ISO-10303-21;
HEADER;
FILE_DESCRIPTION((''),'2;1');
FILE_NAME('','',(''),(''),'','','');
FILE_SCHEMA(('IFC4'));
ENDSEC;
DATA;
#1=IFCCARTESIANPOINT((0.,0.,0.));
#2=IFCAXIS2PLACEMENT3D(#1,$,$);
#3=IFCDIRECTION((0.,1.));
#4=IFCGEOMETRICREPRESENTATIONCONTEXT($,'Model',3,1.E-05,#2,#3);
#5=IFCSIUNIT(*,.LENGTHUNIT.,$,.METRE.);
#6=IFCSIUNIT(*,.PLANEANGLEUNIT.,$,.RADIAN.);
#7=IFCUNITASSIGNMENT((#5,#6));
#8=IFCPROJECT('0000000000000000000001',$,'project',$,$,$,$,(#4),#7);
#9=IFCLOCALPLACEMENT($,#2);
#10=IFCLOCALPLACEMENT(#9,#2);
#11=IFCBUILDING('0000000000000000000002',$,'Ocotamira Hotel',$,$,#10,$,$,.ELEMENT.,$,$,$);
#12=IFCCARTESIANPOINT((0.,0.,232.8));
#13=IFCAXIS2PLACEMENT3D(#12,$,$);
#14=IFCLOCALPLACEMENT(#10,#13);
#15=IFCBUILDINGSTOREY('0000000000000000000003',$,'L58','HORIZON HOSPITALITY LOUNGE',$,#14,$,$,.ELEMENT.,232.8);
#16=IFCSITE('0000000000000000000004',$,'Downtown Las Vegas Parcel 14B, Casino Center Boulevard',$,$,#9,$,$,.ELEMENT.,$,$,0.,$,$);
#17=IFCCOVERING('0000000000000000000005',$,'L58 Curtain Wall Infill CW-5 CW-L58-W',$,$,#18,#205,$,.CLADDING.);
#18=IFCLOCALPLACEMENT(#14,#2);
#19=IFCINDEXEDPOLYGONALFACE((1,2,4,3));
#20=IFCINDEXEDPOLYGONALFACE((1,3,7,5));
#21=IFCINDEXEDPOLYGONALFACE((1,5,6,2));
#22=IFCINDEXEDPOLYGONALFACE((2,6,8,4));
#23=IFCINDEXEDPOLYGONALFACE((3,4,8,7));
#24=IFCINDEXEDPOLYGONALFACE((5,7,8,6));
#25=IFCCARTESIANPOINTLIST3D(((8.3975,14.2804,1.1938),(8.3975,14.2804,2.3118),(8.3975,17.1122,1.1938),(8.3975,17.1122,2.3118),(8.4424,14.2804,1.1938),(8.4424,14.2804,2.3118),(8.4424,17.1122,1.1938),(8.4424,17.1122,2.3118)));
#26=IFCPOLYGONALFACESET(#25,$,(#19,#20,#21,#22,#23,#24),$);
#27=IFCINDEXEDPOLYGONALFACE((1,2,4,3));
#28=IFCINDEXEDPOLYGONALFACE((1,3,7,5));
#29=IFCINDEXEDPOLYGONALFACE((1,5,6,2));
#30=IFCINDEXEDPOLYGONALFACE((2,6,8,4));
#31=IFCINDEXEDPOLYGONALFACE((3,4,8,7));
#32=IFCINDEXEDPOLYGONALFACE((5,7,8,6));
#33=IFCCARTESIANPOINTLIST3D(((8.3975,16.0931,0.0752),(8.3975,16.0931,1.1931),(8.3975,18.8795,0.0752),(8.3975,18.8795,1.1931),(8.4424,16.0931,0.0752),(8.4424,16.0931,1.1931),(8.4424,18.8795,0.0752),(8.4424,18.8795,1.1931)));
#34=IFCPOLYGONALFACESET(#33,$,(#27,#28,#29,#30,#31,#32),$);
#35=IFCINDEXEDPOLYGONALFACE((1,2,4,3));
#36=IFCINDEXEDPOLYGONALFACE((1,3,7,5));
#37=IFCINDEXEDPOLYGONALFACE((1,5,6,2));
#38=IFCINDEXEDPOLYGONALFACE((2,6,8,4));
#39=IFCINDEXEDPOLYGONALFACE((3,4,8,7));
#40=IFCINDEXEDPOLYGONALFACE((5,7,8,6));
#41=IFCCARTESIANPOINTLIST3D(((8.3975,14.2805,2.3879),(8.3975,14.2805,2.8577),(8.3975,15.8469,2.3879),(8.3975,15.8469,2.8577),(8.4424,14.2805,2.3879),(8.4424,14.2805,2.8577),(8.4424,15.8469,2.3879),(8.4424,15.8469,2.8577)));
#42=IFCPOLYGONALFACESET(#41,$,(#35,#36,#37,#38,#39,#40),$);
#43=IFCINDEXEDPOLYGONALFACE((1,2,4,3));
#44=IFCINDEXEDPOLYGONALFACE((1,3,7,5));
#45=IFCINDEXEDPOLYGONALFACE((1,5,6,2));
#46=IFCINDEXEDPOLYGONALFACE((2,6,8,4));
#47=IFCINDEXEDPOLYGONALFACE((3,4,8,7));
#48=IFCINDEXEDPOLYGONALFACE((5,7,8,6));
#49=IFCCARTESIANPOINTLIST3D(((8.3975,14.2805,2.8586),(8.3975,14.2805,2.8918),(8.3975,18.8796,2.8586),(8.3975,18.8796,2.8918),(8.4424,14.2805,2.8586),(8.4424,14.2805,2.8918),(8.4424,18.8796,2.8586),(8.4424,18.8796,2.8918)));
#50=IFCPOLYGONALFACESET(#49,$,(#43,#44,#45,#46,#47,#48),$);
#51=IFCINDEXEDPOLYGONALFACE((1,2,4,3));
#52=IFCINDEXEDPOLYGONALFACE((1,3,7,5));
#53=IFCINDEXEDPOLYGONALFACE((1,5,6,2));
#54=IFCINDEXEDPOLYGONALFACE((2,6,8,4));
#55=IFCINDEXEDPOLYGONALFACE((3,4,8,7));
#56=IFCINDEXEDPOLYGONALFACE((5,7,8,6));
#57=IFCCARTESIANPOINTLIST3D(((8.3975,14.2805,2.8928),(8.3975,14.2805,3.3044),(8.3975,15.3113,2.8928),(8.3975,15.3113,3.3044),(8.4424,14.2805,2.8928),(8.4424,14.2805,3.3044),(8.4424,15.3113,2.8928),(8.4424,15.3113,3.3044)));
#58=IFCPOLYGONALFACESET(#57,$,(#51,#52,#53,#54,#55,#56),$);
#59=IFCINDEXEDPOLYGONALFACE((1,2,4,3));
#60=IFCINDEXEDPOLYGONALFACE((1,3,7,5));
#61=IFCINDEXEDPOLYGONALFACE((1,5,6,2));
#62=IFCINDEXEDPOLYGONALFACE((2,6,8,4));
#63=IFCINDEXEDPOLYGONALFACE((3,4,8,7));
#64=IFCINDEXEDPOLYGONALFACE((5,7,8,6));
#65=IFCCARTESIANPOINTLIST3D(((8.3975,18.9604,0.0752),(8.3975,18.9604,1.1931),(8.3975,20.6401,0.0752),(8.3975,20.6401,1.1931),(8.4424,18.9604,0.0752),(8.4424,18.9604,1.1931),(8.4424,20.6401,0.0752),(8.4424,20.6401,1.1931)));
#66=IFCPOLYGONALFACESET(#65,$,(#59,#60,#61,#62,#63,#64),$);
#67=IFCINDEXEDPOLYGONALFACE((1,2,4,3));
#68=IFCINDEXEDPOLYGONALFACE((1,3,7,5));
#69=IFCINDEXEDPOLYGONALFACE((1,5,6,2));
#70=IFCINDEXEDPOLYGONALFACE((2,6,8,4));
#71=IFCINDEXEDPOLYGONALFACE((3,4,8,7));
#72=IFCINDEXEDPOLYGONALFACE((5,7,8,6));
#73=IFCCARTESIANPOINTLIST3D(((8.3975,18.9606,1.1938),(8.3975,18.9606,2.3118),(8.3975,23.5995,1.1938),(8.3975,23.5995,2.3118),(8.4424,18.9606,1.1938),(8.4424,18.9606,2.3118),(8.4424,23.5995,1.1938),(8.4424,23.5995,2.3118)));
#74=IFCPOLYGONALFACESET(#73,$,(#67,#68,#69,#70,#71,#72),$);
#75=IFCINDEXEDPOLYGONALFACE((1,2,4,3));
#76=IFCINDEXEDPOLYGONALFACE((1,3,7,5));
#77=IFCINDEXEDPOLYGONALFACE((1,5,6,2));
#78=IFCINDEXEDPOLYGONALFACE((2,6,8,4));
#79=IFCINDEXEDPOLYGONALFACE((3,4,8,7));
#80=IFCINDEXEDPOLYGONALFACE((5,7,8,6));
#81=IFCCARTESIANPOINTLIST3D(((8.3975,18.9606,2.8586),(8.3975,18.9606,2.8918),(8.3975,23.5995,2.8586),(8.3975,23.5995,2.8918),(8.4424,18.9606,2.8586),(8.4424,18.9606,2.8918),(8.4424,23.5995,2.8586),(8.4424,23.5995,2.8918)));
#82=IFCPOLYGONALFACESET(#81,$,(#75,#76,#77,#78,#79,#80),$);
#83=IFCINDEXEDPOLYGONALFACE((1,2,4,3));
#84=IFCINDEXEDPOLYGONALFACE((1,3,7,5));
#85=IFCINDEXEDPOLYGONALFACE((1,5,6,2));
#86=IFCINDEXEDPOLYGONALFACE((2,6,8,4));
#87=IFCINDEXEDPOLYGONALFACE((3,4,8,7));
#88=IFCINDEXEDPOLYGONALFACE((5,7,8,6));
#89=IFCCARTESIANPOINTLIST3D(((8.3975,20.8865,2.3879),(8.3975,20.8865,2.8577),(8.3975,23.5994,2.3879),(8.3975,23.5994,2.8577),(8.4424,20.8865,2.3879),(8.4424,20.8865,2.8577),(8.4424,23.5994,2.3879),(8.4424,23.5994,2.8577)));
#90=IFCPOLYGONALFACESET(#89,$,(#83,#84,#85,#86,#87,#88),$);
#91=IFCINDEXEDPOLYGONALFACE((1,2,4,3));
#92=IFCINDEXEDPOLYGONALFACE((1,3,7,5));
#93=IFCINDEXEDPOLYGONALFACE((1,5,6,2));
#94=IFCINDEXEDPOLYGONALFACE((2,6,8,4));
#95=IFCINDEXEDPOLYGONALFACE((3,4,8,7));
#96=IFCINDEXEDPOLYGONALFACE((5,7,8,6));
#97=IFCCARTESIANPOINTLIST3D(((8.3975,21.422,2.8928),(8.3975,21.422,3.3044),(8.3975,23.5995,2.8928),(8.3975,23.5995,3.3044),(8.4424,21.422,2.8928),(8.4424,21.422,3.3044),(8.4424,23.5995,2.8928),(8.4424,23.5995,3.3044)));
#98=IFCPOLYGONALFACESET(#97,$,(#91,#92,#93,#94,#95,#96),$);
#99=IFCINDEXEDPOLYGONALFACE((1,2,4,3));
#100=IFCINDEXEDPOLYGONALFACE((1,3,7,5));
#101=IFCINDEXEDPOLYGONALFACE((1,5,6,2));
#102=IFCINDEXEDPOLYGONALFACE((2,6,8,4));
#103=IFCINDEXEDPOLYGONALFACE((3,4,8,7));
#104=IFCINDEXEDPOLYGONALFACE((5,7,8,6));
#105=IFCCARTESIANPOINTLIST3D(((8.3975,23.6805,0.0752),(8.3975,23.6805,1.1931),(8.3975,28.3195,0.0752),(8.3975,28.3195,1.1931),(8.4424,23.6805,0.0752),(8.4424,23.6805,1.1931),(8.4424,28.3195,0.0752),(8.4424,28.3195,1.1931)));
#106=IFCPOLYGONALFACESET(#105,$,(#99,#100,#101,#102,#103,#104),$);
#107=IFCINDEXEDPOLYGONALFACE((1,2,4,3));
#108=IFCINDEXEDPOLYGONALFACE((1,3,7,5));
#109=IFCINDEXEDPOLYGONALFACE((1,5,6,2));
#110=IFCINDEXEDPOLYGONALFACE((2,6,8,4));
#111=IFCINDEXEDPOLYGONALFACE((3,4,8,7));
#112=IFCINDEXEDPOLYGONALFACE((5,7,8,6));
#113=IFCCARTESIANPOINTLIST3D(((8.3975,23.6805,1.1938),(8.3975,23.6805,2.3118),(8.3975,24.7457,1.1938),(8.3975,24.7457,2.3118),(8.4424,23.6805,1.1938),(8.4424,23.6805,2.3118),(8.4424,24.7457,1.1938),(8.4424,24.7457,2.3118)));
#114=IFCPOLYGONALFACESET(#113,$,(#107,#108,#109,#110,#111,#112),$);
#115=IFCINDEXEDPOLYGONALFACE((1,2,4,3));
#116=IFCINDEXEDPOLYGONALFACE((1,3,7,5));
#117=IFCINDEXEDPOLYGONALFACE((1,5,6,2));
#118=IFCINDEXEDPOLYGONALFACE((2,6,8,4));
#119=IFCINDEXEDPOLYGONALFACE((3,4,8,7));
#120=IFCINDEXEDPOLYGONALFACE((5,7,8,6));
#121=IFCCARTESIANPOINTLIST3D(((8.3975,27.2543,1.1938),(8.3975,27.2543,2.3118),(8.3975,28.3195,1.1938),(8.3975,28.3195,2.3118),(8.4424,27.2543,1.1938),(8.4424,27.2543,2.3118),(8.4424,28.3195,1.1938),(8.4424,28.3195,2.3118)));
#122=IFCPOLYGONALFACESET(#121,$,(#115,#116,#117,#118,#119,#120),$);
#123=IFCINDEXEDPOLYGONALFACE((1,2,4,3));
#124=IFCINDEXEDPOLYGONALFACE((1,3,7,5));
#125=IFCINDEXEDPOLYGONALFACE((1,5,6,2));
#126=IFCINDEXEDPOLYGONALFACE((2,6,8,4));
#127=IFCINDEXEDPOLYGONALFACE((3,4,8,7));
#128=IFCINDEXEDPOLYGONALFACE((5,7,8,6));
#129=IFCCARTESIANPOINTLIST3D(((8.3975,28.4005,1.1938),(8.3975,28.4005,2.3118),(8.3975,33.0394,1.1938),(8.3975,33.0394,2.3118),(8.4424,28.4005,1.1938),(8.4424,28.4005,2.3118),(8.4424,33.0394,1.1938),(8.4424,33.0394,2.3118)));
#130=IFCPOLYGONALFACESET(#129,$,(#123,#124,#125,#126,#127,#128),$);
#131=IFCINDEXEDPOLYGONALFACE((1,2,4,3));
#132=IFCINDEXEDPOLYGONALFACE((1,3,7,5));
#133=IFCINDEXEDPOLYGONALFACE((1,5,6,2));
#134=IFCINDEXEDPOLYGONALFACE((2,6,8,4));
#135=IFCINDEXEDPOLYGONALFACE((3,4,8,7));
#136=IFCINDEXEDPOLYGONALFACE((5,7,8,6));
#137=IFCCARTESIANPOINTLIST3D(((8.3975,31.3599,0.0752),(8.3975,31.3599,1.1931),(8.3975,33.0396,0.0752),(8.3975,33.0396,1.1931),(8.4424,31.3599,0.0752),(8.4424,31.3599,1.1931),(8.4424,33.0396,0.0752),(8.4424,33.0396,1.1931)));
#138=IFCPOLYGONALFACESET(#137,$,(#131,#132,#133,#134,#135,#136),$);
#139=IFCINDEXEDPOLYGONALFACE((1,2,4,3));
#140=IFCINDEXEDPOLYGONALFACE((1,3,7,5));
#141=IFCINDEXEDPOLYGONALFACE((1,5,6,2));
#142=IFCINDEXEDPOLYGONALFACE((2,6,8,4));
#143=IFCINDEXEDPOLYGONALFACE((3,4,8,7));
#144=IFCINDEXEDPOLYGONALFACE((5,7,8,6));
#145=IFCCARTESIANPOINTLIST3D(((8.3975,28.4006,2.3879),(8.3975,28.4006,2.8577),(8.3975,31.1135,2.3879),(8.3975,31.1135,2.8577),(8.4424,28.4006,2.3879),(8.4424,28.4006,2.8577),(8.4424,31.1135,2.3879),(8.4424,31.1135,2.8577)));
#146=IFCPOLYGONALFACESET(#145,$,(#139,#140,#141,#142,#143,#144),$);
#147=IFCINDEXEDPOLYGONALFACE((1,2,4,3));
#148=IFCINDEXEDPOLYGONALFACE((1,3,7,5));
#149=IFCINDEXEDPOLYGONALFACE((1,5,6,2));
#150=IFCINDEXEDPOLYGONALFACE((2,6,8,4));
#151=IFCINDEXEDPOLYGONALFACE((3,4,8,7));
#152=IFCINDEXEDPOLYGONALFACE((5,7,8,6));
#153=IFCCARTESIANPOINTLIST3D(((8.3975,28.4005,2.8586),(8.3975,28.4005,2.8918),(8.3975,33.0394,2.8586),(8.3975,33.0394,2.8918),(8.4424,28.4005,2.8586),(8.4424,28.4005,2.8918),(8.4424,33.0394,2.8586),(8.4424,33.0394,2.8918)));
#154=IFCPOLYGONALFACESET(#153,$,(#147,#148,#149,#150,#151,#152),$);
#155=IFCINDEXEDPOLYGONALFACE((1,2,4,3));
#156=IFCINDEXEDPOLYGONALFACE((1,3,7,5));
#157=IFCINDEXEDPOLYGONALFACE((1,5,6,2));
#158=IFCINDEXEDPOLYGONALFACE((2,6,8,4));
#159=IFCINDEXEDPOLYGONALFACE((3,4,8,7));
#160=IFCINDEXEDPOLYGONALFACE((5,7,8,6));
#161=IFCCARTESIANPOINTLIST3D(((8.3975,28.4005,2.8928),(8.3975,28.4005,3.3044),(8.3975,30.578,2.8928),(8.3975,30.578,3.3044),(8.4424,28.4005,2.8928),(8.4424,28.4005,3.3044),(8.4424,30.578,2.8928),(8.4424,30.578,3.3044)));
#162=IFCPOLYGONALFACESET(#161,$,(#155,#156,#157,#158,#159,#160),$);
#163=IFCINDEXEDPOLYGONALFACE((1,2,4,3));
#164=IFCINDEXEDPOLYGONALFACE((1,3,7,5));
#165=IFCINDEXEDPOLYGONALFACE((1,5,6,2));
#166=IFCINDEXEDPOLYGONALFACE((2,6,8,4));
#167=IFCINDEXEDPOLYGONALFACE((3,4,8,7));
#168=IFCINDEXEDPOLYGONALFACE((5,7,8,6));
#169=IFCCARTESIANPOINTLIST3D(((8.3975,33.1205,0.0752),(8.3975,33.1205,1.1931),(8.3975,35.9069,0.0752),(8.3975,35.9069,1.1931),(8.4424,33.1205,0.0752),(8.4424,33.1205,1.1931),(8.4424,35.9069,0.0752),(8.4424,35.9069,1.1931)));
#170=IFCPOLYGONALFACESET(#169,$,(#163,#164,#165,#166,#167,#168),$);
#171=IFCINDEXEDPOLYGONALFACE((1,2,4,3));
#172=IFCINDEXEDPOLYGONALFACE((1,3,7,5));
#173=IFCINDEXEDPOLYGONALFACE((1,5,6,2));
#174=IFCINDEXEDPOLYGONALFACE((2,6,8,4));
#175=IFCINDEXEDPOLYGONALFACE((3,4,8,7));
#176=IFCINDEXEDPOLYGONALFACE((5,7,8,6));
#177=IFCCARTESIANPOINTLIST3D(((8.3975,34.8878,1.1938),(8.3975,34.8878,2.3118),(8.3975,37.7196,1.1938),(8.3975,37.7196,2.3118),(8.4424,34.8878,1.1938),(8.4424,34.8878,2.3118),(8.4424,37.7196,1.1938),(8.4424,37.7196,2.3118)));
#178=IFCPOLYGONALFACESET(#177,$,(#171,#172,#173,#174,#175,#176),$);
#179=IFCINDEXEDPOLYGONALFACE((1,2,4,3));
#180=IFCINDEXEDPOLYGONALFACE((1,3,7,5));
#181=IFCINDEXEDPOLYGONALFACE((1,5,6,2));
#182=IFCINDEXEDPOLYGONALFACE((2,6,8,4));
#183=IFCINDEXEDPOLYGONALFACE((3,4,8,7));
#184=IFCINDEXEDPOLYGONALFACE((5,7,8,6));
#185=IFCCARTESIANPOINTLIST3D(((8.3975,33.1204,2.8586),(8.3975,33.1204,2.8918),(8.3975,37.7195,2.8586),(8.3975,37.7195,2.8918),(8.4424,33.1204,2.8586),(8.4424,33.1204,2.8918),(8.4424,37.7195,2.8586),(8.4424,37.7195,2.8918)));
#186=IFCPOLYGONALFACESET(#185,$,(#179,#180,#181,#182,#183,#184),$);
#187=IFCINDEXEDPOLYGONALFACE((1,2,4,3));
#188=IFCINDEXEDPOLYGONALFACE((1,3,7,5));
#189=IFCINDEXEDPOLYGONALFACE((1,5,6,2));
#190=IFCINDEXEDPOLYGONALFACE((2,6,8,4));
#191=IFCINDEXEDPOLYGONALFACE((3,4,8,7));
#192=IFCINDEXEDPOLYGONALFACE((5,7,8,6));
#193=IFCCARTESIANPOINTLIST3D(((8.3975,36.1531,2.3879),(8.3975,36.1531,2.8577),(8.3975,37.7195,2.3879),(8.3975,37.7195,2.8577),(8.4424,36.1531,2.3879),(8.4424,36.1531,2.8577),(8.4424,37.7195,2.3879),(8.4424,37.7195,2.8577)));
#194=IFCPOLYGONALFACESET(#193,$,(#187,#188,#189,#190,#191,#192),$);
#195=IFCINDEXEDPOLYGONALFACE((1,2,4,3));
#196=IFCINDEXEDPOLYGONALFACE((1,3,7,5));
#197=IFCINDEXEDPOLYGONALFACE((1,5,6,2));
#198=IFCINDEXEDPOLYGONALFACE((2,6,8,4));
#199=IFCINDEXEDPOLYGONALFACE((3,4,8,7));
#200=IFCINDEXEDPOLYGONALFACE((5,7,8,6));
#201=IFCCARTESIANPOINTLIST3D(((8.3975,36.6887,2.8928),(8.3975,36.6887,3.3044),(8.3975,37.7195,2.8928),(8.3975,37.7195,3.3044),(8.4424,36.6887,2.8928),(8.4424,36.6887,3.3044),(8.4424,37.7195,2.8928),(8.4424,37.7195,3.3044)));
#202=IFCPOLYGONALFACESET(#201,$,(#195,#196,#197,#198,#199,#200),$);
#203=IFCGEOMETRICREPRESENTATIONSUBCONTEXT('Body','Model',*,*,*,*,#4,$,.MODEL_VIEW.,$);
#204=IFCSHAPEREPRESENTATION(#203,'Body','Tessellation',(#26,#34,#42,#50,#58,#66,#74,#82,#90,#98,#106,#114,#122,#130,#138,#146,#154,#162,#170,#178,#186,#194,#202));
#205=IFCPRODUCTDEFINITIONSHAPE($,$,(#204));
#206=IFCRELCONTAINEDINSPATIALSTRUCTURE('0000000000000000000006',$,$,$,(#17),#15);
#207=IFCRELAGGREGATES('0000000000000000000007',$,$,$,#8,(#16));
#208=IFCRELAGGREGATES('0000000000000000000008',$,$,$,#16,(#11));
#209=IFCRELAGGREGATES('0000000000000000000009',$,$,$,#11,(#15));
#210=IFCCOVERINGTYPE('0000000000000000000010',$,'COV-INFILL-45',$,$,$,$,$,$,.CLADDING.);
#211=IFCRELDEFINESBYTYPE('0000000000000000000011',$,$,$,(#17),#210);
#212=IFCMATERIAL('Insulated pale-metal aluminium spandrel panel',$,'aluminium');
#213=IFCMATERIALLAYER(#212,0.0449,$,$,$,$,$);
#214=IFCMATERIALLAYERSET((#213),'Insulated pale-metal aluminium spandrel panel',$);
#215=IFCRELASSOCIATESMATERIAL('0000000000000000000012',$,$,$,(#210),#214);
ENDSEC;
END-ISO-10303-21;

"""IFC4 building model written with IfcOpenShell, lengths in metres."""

from ifc_helpers import new_model, si_unit, direction, frame, origin, origin_2d, place, context, subcontext, project, spatial, rectangle, extrude, material, layer, layer_set, type_object, element, save


model = new_model("IFC4")

# Units and contexts
model_context = context("Model", 3, precision=1e-05, world=origin(), true_north=direction((0.0, 1.0)))
body_context = subcontext(model_context, "Body", "Model", "MODEL_VIEW")
ifc_project = project(units=[si_unit("LENGTHUNIT", "METRE"), si_unit("PLANEANGLEUNIT", "RADIAN")], contexts=[model_context])

# Site, building, storey
site_placement = place(None, origin())
site = spatial("IfcSite", under=ifc_project, at=site_placement, Name="Downtown Las Vegas Parcel 14B, Casino Center Boulevard", CompositionType="ELEMENT", RefElevation=0.0)
building_placement = place(site_placement, origin())
building = spatial("IfcBuilding", under=site, at=building_placement, Name="Ocotamira Hotel", CompositionType="ELEMENT")
storey_placement = place(building_placement, frame((0.0, 0.0, 232.8)))
storey = spatial("IfcBuildingStorey", under=building, at=storey_placement, Name="L58", Description="HORIZON HOSPITALITY LOUNGE", CompositionType="ELEMENT", Elevation=232.8)

# Covering
ifc_material_1 = material(Name="Insulated pale-metal aluminium spandrel panel", Category="aluminium")
ifc_layer_1 = layer(ifc_material_1, 0.0449)
ifc_layer_set_1 = layer_set([ifc_layer_1], Name="Insulated pale-metal aluminium spandrel panel")
covering_type_1 = type_object("IfcCoveringType", Name="COV-INFILL-45", PredefinedType="CLADDING", material=ifc_layer_set_1)
covering_1_placement = place(storey_placement, origin())
element("IfcCovering", 1, at=covering_1_placement, inside=storey, type_object=covering_type_1, Name="L58 Curtain Wall Infill CW-5 CW-L58-W", PredefinedType="CLADDING", context=body_context, shape_type="SweptSolid", body=[
    extrude(rectangle(XDim=2.8318, YDim=0.0449, at=origin_2d()), frame((8.4199, 15.6963, 1.1938), z_axis=(0.0, 0.0, 1.0), x_axis=(0.0, 1.0, 0.0)), (0.0, 0.0, 1.0), 1.1179),
    extrude(rectangle(XDim=2.7864, YDim=0.0449, at=origin_2d()), frame((8.4199, 17.4863, 0.0752), z_axis=(0.0, 0.0, 1.0), x_axis=(0.0, 1.0, 0.0)), (0.0, 0.0, 1.0), 1.1179),
    extrude(rectangle(XDim=1.5664, YDim=0.0449, at=origin_2d()), frame((8.4199, 15.0637, 2.3879), z_axis=(0.0, 0.0, 1.0), x_axis=(0.0, 1.0, 0.0)), (0.0, 0.0, 1.0), 0.4697),
    extrude(rectangle(XDim=4.5991, YDim=0.0449, at=origin_2d()), frame((8.4199, 16.5801, 2.8586), z_axis=(0.0, 0.0, 1.0), x_axis=(0.0, 1.0, 0.0)), (0.0, 0.0, 1.0), 0.0332),
    extrude(rectangle(XDim=1.0308, YDim=0.0449, at=origin_2d()), frame((8.4199, 14.7959, 2.8928), z_axis=(0.0, 0.0, 1.0), x_axis=(0.0, 1.0, 0.0)), (0.0, 0.0, 1.0), 0.4116),
    extrude(rectangle(XDim=1.6797, YDim=0.0449, at=origin_2d()), frame((8.4199, 19.8003, 0.0752), z_axis=(0.0, 0.0, 1.0), x_axis=(0.0, 1.0, 0.0)), (0.0, 0.0, 1.0), 1.1179),
    extrude(rectangle(XDim=4.6389, YDim=0.0449, at=origin_2d()), frame((8.4199, 21.28, 1.1938), z_axis=(0.0, 0.0, 1.0), x_axis=(0.0, 1.0, 0.0)), (0.0, 0.0, 1.0), 1.1179),
    extrude(rectangle(XDim=4.6389, YDim=0.0449, at=origin_2d()), frame((8.4199, 21.28, 2.8586), z_axis=(0.0, 0.0, 1.0), x_axis=(0.0, 1.0, 0.0)), (0.0, 0.0, 1.0), 0.0332),
    extrude(rectangle(XDim=2.7129, YDim=0.0449, at=origin_2d()), frame((8.4199, 22.2429, 2.3879), z_axis=(0.0, 0.0, 1.0), x_axis=(0.0, 1.0, 0.0)), (0.0, 0.0, 1.0), 0.4697),
    extrude(rectangle(XDim=2.1775, YDim=0.0449, at=origin_2d()), frame((8.4199, 22.5107, 2.8928), z_axis=(0.0, 0.0, 1.0), x_axis=(0.0, 1.0, 0.0)), (0.0, 0.0, 1.0), 0.4116),
    extrude(rectangle(XDim=4.6389, YDim=0.0449, at=origin_2d()), frame((8.4199, 26.0, 0.0752), z_axis=(0.0, 0.0, 1.0), x_axis=(0.0, 1.0, 0.0)), (0.0, 0.0, 1.0), 1.1179),
    extrude(rectangle(XDim=1.0652, YDim=0.0449, at=origin_2d()), frame((8.4199, 24.2131, 1.1938), z_axis=(0.0, 0.0, 1.0), x_axis=(0.0, 1.0, 0.0)), (0.0, 0.0, 1.0), 1.1179),
    extrude(rectangle(XDim=1.0652, YDim=0.0449, at=origin_2d()), frame((8.4199, 27.7869, 1.1938), z_axis=(0.0, 0.0, 1.0), x_axis=(0.0, 1.0, 0.0)), (0.0, 0.0, 1.0), 1.1179),
    extrude(rectangle(XDim=4.6389, YDim=0.0449, at=origin_2d()), frame((8.4199, 30.72, 1.1938), z_axis=(0.0, 0.0, 1.0), x_axis=(0.0, 1.0, 0.0)), (0.0, 0.0, 1.0), 1.1179),
    extrude(rectangle(XDim=1.6797, YDim=0.0449, at=origin_2d()), frame((8.4199, 32.1997, 0.0752), z_axis=(0.0, 0.0, 1.0), x_axis=(0.0, 1.0, 0.0)), (0.0, 0.0, 1.0), 1.1179),
    extrude(rectangle(XDim=2.7129, YDim=0.0449, at=origin_2d()), frame((8.4199, 29.7571, 2.3879), z_axis=(0.0, 0.0, 1.0), x_axis=(0.0, 1.0, 0.0)), (0.0, 0.0, 1.0), 0.4697),
    extrude(rectangle(XDim=4.6389, YDim=0.0449, at=origin_2d()), frame((8.4199, 30.72, 2.8586), z_axis=(0.0, 0.0, 1.0), x_axis=(0.0, 1.0, 0.0)), (0.0, 0.0, 1.0), 0.0332),
    extrude(rectangle(XDim=2.1775, YDim=0.0449, at=origin_2d()), frame((8.4199, 29.4893, 2.8928), z_axis=(0.0, 0.0, 1.0), x_axis=(0.0, 1.0, 0.0)), (0.0, 0.0, 1.0), 0.4116),
    extrude(rectangle(XDim=2.7864, YDim=0.0449, at=origin_2d()), frame((8.4199, 34.5137, 0.0752), z_axis=(0.0, 0.0, 1.0), x_axis=(0.0, 1.0, 0.0)), (0.0, 0.0, 1.0), 1.1179),
    extrude(rectangle(XDim=2.8318, YDim=0.0449, at=origin_2d()), frame((8.4199, 36.3037, 1.1938), z_axis=(0.0, 0.0, 1.0), x_axis=(0.0, 1.0, 0.0)), (0.0, 0.0, 1.0), 1.1179),
    extrude(rectangle(XDim=4.5991, YDim=0.0449, at=origin_2d()), frame((8.4199, 35.4199, 2.8586), z_axis=(0.0, 0.0, 1.0), x_axis=(0.0, 1.0, 0.0)), (0.0, 0.0, 1.0), 0.0332),
    extrude(rectangle(XDim=1.5664, YDim=0.0449, at=origin_2d()), frame((8.4199, 36.9363, 2.3879), z_axis=(0.0, 0.0, 1.0), x_axis=(0.0, 1.0, 0.0)), (0.0, 0.0, 1.0), 0.4697),
    extrude(rectangle(XDim=1.0308, YDim=0.0449, at=origin_2d()), frame((8.4199, 37.2041, 2.8928), z_axis=(0.0, 0.0, 1.0), x_axis=(0.0, 1.0, 0.0)), (0.0, 0.0, 1.0), 0.4116),
])

save(model, "model.ifc")
